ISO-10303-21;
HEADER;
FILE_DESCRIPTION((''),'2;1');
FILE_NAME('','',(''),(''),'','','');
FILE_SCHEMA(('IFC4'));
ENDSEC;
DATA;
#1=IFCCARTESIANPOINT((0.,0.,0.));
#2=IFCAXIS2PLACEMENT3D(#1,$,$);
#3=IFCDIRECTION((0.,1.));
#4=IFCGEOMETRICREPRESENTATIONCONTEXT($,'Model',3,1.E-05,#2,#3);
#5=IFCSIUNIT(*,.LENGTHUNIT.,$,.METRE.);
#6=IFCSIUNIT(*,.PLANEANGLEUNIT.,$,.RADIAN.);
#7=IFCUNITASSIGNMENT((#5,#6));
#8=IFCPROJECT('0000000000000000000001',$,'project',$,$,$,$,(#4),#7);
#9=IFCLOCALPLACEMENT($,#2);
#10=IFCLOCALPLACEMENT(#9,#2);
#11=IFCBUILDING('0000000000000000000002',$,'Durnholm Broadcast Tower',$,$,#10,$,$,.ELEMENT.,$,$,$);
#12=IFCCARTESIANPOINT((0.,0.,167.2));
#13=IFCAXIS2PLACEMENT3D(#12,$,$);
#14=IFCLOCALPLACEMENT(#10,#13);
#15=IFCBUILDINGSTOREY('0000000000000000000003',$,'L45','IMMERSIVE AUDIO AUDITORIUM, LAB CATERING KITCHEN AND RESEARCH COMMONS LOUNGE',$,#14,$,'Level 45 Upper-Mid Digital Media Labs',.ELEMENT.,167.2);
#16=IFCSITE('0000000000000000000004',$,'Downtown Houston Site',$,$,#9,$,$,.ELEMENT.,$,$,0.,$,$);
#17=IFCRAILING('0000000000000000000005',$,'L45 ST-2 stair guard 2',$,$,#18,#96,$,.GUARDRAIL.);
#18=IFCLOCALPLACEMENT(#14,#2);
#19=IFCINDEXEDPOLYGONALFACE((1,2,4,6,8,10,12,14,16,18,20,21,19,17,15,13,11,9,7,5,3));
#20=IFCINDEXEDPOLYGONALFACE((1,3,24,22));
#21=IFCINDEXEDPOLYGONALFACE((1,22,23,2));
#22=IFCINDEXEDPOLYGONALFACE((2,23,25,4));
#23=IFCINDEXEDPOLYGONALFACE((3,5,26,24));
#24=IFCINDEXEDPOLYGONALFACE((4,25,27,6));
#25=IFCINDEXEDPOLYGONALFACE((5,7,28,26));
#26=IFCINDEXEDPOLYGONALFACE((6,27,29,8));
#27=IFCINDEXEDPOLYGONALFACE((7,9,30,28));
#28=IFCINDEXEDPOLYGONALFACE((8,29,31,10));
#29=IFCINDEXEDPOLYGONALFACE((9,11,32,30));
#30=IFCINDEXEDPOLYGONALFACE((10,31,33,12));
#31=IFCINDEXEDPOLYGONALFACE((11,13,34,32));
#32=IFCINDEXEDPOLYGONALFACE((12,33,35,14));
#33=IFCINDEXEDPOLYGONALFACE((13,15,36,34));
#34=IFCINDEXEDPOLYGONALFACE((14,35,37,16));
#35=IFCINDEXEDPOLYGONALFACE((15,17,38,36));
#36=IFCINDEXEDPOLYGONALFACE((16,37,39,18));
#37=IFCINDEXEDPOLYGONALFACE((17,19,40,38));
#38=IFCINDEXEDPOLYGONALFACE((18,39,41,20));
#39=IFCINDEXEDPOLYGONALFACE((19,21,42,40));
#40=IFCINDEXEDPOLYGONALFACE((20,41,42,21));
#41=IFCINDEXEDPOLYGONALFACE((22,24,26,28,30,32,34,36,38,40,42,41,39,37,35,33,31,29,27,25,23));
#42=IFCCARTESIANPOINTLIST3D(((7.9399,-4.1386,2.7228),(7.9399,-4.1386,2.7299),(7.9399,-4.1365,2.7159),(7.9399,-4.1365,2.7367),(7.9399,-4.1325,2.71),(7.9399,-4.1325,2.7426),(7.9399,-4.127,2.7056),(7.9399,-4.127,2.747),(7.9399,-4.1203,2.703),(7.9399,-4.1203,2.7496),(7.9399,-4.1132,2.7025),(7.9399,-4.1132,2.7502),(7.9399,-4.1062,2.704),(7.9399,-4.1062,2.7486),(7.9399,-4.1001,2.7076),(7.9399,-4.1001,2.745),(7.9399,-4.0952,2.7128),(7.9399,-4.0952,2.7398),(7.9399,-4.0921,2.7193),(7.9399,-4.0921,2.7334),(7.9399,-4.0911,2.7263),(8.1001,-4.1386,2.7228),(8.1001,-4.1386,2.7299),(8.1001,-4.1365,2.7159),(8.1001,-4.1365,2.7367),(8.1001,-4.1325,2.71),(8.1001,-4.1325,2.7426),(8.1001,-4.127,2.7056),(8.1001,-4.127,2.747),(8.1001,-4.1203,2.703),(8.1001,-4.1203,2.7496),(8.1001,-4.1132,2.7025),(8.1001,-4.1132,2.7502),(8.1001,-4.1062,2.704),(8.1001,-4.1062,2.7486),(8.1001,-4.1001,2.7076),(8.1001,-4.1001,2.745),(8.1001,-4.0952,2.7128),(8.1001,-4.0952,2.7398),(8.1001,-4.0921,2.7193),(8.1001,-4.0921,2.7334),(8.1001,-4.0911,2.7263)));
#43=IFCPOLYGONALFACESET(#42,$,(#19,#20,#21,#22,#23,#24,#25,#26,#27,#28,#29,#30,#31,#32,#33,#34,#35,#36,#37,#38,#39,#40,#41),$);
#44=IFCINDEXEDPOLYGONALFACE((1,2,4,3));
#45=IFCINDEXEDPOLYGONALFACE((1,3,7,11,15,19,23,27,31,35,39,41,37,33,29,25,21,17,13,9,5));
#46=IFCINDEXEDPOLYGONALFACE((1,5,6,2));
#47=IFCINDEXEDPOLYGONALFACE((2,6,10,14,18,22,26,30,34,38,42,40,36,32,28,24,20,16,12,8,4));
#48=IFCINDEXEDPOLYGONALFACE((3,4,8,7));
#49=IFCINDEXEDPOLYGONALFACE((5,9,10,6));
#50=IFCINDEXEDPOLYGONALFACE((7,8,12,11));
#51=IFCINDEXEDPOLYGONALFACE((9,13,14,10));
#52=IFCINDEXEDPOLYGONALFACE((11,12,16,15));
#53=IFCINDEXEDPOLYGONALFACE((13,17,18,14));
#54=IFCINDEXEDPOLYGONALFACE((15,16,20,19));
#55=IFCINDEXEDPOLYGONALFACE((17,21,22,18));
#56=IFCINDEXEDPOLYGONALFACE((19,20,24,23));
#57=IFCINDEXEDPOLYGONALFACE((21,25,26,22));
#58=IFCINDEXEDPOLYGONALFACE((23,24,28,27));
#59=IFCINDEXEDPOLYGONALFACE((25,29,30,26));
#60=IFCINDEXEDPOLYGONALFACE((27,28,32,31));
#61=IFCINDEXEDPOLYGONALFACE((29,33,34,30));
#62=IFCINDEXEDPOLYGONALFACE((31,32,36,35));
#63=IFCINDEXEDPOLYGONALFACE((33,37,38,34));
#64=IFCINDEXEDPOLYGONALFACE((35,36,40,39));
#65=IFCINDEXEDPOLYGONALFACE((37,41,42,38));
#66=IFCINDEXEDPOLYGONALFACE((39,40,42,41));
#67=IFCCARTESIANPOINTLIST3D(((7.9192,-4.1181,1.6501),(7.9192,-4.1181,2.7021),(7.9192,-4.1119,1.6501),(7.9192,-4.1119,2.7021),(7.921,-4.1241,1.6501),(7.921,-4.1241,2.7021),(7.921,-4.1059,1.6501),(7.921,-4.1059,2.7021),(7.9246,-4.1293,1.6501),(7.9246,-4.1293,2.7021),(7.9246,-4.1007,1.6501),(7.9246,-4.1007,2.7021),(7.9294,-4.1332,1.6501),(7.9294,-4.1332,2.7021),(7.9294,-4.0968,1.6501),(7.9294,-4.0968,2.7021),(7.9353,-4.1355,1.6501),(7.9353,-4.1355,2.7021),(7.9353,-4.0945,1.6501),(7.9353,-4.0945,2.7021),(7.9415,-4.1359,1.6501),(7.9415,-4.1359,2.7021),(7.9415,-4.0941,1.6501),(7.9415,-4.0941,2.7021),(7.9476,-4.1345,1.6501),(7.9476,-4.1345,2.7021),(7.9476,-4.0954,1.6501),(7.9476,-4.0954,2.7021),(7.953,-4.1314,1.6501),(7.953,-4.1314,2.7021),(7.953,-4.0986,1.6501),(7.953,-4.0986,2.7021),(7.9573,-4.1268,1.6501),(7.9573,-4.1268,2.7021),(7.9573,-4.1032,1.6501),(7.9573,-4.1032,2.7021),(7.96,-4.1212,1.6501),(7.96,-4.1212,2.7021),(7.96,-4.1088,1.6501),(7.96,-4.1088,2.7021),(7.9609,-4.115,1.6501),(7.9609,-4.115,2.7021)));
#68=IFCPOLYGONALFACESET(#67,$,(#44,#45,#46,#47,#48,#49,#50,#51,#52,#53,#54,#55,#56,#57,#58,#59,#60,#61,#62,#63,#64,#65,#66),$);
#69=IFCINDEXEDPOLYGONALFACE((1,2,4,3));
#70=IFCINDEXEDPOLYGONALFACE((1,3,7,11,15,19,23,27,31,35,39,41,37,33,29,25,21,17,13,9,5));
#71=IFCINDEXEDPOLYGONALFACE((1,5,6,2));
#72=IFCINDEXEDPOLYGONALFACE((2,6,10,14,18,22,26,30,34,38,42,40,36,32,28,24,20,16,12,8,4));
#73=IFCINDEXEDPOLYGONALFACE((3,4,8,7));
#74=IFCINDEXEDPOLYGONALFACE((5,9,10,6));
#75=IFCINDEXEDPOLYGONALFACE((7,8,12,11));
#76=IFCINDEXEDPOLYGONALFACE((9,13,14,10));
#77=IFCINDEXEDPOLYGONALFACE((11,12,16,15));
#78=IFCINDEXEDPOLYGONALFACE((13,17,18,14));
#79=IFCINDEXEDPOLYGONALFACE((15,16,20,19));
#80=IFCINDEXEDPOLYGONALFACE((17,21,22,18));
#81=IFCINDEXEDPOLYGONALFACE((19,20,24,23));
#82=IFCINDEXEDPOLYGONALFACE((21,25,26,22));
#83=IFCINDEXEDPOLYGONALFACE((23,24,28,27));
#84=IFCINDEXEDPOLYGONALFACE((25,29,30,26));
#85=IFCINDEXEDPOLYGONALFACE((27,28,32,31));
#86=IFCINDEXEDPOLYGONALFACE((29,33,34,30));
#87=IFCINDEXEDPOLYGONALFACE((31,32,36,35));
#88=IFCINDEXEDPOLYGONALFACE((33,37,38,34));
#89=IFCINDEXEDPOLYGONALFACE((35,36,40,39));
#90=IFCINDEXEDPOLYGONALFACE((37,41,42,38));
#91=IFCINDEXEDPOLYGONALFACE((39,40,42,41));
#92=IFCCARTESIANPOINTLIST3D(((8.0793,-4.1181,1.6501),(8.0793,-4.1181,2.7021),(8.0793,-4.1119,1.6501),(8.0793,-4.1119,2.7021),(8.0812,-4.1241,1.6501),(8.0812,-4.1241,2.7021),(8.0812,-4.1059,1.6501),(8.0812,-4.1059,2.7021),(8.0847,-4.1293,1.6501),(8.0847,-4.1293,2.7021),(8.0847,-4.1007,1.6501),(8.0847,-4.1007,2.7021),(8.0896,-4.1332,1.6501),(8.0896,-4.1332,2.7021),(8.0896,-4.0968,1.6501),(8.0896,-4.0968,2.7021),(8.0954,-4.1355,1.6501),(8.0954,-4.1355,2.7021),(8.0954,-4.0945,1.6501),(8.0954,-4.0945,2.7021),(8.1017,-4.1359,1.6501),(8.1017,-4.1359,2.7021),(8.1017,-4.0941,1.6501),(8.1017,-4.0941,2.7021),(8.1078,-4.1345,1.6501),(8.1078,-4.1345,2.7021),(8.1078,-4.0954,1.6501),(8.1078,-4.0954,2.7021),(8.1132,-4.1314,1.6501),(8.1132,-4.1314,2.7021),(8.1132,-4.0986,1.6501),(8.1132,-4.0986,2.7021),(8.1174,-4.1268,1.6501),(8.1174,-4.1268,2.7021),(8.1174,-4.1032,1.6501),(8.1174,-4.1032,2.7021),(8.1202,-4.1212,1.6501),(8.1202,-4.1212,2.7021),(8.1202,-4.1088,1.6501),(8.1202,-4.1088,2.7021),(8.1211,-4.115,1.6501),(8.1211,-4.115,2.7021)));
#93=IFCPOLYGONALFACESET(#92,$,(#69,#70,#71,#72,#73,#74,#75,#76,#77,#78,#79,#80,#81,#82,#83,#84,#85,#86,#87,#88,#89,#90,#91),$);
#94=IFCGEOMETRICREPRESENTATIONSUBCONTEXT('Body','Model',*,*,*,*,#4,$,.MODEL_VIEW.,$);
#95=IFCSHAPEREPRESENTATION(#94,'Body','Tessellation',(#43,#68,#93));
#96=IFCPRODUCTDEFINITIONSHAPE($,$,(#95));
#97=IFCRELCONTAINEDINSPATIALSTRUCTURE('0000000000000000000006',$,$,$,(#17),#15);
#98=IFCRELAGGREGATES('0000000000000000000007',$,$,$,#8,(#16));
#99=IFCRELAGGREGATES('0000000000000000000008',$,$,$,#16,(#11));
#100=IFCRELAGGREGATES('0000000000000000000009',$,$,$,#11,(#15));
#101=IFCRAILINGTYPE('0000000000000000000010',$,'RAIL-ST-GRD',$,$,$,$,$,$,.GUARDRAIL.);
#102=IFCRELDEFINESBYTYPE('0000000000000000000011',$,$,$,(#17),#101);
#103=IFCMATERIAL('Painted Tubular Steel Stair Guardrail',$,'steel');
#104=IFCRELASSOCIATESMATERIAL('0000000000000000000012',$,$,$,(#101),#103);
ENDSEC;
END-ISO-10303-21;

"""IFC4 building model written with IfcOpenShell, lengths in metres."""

from ifc_helpers import new_model, si_unit, direction, frame, origin, origin_2d, place, context, subcontext, project, spatial, circle, extrude, material, type_object, element, save


model = new_model("IFC4")

# Units and contexts
model_context = context("Model", 3, precision=1e-05, world=origin(), true_north=direction((0.0, 1.0)))
body_context = subcontext(model_context, "Body", "Model", "MODEL_VIEW")
ifc_project = project(units=[si_unit("LENGTHUNIT", "METRE"), si_unit("PLANEANGLEUNIT", "RADIAN")], contexts=[model_context])

# Site, building, storey
site_placement = place(None, origin())
site = spatial("IfcSite", under=ifc_project, at=site_placement, Name="Downtown Houston Site", CompositionType="ELEMENT", RefElevation=0.0)
building_placement = place(site_placement, origin())
building = spatial("IfcBuilding", under=site, at=building_placement, Name="Durnholm Broadcast Tower", CompositionType="ELEMENT")
storey_placement = place(building_placement, frame((0.0, 0.0, 167.2)))
storey = spatial("IfcBuildingStorey", under=building, at=storey_placement, Name="L45", Description="IMMERSIVE AUDIO AUDITORIUM, LAB CATERING KITCHEN AND RESEARCH COMMONS LOUNGE", LongName="Level 45 Upper-Mid Digital Media Labs", CompositionType="ELEMENT", Elevation=167.2)

# Railing
ifc_material_1 = material(Name="Painted Tubular Steel Stair Guardrail", Category="steel")
railing_type_1 = type_object("IfcRailingType", Name="RAIL-ST-GRD", PredefinedType="GUARDRAIL", material=ifc_material_1)
railing_1_placement = place(storey_placement, frame((7.9399, -4.115, 1.6501)))
element("IfcRailing", 1, at=railing_1_placement, inside=storey, type_object=railing_type_1, Name="L45 ST-2 stair guard 2", PredefinedType="GUARDRAIL", context=body_context, shape_type="SweptSolid", body=[
    extrude(circle(Radius=0.0239, at=origin_2d()), frame((0.0, 0.0, 1.0762), z_axis=(1.0, 0.0, 0.0), x_axis=(0.0, 1.0, 0.0)), (0.0, 0.0, 1.0), 0.1602),
    extrude(circle(Radius=0.021, at=origin_2d()), origin(), (0.0, 0.0, 1.0), 1.052),
    extrude(circle(Radius=0.021, at=origin_2d()), frame((0.1602, 0.0, 0.0)), (0.0, 0.0, 1.0), 1.052),
])

save(model, "model.ifc")
